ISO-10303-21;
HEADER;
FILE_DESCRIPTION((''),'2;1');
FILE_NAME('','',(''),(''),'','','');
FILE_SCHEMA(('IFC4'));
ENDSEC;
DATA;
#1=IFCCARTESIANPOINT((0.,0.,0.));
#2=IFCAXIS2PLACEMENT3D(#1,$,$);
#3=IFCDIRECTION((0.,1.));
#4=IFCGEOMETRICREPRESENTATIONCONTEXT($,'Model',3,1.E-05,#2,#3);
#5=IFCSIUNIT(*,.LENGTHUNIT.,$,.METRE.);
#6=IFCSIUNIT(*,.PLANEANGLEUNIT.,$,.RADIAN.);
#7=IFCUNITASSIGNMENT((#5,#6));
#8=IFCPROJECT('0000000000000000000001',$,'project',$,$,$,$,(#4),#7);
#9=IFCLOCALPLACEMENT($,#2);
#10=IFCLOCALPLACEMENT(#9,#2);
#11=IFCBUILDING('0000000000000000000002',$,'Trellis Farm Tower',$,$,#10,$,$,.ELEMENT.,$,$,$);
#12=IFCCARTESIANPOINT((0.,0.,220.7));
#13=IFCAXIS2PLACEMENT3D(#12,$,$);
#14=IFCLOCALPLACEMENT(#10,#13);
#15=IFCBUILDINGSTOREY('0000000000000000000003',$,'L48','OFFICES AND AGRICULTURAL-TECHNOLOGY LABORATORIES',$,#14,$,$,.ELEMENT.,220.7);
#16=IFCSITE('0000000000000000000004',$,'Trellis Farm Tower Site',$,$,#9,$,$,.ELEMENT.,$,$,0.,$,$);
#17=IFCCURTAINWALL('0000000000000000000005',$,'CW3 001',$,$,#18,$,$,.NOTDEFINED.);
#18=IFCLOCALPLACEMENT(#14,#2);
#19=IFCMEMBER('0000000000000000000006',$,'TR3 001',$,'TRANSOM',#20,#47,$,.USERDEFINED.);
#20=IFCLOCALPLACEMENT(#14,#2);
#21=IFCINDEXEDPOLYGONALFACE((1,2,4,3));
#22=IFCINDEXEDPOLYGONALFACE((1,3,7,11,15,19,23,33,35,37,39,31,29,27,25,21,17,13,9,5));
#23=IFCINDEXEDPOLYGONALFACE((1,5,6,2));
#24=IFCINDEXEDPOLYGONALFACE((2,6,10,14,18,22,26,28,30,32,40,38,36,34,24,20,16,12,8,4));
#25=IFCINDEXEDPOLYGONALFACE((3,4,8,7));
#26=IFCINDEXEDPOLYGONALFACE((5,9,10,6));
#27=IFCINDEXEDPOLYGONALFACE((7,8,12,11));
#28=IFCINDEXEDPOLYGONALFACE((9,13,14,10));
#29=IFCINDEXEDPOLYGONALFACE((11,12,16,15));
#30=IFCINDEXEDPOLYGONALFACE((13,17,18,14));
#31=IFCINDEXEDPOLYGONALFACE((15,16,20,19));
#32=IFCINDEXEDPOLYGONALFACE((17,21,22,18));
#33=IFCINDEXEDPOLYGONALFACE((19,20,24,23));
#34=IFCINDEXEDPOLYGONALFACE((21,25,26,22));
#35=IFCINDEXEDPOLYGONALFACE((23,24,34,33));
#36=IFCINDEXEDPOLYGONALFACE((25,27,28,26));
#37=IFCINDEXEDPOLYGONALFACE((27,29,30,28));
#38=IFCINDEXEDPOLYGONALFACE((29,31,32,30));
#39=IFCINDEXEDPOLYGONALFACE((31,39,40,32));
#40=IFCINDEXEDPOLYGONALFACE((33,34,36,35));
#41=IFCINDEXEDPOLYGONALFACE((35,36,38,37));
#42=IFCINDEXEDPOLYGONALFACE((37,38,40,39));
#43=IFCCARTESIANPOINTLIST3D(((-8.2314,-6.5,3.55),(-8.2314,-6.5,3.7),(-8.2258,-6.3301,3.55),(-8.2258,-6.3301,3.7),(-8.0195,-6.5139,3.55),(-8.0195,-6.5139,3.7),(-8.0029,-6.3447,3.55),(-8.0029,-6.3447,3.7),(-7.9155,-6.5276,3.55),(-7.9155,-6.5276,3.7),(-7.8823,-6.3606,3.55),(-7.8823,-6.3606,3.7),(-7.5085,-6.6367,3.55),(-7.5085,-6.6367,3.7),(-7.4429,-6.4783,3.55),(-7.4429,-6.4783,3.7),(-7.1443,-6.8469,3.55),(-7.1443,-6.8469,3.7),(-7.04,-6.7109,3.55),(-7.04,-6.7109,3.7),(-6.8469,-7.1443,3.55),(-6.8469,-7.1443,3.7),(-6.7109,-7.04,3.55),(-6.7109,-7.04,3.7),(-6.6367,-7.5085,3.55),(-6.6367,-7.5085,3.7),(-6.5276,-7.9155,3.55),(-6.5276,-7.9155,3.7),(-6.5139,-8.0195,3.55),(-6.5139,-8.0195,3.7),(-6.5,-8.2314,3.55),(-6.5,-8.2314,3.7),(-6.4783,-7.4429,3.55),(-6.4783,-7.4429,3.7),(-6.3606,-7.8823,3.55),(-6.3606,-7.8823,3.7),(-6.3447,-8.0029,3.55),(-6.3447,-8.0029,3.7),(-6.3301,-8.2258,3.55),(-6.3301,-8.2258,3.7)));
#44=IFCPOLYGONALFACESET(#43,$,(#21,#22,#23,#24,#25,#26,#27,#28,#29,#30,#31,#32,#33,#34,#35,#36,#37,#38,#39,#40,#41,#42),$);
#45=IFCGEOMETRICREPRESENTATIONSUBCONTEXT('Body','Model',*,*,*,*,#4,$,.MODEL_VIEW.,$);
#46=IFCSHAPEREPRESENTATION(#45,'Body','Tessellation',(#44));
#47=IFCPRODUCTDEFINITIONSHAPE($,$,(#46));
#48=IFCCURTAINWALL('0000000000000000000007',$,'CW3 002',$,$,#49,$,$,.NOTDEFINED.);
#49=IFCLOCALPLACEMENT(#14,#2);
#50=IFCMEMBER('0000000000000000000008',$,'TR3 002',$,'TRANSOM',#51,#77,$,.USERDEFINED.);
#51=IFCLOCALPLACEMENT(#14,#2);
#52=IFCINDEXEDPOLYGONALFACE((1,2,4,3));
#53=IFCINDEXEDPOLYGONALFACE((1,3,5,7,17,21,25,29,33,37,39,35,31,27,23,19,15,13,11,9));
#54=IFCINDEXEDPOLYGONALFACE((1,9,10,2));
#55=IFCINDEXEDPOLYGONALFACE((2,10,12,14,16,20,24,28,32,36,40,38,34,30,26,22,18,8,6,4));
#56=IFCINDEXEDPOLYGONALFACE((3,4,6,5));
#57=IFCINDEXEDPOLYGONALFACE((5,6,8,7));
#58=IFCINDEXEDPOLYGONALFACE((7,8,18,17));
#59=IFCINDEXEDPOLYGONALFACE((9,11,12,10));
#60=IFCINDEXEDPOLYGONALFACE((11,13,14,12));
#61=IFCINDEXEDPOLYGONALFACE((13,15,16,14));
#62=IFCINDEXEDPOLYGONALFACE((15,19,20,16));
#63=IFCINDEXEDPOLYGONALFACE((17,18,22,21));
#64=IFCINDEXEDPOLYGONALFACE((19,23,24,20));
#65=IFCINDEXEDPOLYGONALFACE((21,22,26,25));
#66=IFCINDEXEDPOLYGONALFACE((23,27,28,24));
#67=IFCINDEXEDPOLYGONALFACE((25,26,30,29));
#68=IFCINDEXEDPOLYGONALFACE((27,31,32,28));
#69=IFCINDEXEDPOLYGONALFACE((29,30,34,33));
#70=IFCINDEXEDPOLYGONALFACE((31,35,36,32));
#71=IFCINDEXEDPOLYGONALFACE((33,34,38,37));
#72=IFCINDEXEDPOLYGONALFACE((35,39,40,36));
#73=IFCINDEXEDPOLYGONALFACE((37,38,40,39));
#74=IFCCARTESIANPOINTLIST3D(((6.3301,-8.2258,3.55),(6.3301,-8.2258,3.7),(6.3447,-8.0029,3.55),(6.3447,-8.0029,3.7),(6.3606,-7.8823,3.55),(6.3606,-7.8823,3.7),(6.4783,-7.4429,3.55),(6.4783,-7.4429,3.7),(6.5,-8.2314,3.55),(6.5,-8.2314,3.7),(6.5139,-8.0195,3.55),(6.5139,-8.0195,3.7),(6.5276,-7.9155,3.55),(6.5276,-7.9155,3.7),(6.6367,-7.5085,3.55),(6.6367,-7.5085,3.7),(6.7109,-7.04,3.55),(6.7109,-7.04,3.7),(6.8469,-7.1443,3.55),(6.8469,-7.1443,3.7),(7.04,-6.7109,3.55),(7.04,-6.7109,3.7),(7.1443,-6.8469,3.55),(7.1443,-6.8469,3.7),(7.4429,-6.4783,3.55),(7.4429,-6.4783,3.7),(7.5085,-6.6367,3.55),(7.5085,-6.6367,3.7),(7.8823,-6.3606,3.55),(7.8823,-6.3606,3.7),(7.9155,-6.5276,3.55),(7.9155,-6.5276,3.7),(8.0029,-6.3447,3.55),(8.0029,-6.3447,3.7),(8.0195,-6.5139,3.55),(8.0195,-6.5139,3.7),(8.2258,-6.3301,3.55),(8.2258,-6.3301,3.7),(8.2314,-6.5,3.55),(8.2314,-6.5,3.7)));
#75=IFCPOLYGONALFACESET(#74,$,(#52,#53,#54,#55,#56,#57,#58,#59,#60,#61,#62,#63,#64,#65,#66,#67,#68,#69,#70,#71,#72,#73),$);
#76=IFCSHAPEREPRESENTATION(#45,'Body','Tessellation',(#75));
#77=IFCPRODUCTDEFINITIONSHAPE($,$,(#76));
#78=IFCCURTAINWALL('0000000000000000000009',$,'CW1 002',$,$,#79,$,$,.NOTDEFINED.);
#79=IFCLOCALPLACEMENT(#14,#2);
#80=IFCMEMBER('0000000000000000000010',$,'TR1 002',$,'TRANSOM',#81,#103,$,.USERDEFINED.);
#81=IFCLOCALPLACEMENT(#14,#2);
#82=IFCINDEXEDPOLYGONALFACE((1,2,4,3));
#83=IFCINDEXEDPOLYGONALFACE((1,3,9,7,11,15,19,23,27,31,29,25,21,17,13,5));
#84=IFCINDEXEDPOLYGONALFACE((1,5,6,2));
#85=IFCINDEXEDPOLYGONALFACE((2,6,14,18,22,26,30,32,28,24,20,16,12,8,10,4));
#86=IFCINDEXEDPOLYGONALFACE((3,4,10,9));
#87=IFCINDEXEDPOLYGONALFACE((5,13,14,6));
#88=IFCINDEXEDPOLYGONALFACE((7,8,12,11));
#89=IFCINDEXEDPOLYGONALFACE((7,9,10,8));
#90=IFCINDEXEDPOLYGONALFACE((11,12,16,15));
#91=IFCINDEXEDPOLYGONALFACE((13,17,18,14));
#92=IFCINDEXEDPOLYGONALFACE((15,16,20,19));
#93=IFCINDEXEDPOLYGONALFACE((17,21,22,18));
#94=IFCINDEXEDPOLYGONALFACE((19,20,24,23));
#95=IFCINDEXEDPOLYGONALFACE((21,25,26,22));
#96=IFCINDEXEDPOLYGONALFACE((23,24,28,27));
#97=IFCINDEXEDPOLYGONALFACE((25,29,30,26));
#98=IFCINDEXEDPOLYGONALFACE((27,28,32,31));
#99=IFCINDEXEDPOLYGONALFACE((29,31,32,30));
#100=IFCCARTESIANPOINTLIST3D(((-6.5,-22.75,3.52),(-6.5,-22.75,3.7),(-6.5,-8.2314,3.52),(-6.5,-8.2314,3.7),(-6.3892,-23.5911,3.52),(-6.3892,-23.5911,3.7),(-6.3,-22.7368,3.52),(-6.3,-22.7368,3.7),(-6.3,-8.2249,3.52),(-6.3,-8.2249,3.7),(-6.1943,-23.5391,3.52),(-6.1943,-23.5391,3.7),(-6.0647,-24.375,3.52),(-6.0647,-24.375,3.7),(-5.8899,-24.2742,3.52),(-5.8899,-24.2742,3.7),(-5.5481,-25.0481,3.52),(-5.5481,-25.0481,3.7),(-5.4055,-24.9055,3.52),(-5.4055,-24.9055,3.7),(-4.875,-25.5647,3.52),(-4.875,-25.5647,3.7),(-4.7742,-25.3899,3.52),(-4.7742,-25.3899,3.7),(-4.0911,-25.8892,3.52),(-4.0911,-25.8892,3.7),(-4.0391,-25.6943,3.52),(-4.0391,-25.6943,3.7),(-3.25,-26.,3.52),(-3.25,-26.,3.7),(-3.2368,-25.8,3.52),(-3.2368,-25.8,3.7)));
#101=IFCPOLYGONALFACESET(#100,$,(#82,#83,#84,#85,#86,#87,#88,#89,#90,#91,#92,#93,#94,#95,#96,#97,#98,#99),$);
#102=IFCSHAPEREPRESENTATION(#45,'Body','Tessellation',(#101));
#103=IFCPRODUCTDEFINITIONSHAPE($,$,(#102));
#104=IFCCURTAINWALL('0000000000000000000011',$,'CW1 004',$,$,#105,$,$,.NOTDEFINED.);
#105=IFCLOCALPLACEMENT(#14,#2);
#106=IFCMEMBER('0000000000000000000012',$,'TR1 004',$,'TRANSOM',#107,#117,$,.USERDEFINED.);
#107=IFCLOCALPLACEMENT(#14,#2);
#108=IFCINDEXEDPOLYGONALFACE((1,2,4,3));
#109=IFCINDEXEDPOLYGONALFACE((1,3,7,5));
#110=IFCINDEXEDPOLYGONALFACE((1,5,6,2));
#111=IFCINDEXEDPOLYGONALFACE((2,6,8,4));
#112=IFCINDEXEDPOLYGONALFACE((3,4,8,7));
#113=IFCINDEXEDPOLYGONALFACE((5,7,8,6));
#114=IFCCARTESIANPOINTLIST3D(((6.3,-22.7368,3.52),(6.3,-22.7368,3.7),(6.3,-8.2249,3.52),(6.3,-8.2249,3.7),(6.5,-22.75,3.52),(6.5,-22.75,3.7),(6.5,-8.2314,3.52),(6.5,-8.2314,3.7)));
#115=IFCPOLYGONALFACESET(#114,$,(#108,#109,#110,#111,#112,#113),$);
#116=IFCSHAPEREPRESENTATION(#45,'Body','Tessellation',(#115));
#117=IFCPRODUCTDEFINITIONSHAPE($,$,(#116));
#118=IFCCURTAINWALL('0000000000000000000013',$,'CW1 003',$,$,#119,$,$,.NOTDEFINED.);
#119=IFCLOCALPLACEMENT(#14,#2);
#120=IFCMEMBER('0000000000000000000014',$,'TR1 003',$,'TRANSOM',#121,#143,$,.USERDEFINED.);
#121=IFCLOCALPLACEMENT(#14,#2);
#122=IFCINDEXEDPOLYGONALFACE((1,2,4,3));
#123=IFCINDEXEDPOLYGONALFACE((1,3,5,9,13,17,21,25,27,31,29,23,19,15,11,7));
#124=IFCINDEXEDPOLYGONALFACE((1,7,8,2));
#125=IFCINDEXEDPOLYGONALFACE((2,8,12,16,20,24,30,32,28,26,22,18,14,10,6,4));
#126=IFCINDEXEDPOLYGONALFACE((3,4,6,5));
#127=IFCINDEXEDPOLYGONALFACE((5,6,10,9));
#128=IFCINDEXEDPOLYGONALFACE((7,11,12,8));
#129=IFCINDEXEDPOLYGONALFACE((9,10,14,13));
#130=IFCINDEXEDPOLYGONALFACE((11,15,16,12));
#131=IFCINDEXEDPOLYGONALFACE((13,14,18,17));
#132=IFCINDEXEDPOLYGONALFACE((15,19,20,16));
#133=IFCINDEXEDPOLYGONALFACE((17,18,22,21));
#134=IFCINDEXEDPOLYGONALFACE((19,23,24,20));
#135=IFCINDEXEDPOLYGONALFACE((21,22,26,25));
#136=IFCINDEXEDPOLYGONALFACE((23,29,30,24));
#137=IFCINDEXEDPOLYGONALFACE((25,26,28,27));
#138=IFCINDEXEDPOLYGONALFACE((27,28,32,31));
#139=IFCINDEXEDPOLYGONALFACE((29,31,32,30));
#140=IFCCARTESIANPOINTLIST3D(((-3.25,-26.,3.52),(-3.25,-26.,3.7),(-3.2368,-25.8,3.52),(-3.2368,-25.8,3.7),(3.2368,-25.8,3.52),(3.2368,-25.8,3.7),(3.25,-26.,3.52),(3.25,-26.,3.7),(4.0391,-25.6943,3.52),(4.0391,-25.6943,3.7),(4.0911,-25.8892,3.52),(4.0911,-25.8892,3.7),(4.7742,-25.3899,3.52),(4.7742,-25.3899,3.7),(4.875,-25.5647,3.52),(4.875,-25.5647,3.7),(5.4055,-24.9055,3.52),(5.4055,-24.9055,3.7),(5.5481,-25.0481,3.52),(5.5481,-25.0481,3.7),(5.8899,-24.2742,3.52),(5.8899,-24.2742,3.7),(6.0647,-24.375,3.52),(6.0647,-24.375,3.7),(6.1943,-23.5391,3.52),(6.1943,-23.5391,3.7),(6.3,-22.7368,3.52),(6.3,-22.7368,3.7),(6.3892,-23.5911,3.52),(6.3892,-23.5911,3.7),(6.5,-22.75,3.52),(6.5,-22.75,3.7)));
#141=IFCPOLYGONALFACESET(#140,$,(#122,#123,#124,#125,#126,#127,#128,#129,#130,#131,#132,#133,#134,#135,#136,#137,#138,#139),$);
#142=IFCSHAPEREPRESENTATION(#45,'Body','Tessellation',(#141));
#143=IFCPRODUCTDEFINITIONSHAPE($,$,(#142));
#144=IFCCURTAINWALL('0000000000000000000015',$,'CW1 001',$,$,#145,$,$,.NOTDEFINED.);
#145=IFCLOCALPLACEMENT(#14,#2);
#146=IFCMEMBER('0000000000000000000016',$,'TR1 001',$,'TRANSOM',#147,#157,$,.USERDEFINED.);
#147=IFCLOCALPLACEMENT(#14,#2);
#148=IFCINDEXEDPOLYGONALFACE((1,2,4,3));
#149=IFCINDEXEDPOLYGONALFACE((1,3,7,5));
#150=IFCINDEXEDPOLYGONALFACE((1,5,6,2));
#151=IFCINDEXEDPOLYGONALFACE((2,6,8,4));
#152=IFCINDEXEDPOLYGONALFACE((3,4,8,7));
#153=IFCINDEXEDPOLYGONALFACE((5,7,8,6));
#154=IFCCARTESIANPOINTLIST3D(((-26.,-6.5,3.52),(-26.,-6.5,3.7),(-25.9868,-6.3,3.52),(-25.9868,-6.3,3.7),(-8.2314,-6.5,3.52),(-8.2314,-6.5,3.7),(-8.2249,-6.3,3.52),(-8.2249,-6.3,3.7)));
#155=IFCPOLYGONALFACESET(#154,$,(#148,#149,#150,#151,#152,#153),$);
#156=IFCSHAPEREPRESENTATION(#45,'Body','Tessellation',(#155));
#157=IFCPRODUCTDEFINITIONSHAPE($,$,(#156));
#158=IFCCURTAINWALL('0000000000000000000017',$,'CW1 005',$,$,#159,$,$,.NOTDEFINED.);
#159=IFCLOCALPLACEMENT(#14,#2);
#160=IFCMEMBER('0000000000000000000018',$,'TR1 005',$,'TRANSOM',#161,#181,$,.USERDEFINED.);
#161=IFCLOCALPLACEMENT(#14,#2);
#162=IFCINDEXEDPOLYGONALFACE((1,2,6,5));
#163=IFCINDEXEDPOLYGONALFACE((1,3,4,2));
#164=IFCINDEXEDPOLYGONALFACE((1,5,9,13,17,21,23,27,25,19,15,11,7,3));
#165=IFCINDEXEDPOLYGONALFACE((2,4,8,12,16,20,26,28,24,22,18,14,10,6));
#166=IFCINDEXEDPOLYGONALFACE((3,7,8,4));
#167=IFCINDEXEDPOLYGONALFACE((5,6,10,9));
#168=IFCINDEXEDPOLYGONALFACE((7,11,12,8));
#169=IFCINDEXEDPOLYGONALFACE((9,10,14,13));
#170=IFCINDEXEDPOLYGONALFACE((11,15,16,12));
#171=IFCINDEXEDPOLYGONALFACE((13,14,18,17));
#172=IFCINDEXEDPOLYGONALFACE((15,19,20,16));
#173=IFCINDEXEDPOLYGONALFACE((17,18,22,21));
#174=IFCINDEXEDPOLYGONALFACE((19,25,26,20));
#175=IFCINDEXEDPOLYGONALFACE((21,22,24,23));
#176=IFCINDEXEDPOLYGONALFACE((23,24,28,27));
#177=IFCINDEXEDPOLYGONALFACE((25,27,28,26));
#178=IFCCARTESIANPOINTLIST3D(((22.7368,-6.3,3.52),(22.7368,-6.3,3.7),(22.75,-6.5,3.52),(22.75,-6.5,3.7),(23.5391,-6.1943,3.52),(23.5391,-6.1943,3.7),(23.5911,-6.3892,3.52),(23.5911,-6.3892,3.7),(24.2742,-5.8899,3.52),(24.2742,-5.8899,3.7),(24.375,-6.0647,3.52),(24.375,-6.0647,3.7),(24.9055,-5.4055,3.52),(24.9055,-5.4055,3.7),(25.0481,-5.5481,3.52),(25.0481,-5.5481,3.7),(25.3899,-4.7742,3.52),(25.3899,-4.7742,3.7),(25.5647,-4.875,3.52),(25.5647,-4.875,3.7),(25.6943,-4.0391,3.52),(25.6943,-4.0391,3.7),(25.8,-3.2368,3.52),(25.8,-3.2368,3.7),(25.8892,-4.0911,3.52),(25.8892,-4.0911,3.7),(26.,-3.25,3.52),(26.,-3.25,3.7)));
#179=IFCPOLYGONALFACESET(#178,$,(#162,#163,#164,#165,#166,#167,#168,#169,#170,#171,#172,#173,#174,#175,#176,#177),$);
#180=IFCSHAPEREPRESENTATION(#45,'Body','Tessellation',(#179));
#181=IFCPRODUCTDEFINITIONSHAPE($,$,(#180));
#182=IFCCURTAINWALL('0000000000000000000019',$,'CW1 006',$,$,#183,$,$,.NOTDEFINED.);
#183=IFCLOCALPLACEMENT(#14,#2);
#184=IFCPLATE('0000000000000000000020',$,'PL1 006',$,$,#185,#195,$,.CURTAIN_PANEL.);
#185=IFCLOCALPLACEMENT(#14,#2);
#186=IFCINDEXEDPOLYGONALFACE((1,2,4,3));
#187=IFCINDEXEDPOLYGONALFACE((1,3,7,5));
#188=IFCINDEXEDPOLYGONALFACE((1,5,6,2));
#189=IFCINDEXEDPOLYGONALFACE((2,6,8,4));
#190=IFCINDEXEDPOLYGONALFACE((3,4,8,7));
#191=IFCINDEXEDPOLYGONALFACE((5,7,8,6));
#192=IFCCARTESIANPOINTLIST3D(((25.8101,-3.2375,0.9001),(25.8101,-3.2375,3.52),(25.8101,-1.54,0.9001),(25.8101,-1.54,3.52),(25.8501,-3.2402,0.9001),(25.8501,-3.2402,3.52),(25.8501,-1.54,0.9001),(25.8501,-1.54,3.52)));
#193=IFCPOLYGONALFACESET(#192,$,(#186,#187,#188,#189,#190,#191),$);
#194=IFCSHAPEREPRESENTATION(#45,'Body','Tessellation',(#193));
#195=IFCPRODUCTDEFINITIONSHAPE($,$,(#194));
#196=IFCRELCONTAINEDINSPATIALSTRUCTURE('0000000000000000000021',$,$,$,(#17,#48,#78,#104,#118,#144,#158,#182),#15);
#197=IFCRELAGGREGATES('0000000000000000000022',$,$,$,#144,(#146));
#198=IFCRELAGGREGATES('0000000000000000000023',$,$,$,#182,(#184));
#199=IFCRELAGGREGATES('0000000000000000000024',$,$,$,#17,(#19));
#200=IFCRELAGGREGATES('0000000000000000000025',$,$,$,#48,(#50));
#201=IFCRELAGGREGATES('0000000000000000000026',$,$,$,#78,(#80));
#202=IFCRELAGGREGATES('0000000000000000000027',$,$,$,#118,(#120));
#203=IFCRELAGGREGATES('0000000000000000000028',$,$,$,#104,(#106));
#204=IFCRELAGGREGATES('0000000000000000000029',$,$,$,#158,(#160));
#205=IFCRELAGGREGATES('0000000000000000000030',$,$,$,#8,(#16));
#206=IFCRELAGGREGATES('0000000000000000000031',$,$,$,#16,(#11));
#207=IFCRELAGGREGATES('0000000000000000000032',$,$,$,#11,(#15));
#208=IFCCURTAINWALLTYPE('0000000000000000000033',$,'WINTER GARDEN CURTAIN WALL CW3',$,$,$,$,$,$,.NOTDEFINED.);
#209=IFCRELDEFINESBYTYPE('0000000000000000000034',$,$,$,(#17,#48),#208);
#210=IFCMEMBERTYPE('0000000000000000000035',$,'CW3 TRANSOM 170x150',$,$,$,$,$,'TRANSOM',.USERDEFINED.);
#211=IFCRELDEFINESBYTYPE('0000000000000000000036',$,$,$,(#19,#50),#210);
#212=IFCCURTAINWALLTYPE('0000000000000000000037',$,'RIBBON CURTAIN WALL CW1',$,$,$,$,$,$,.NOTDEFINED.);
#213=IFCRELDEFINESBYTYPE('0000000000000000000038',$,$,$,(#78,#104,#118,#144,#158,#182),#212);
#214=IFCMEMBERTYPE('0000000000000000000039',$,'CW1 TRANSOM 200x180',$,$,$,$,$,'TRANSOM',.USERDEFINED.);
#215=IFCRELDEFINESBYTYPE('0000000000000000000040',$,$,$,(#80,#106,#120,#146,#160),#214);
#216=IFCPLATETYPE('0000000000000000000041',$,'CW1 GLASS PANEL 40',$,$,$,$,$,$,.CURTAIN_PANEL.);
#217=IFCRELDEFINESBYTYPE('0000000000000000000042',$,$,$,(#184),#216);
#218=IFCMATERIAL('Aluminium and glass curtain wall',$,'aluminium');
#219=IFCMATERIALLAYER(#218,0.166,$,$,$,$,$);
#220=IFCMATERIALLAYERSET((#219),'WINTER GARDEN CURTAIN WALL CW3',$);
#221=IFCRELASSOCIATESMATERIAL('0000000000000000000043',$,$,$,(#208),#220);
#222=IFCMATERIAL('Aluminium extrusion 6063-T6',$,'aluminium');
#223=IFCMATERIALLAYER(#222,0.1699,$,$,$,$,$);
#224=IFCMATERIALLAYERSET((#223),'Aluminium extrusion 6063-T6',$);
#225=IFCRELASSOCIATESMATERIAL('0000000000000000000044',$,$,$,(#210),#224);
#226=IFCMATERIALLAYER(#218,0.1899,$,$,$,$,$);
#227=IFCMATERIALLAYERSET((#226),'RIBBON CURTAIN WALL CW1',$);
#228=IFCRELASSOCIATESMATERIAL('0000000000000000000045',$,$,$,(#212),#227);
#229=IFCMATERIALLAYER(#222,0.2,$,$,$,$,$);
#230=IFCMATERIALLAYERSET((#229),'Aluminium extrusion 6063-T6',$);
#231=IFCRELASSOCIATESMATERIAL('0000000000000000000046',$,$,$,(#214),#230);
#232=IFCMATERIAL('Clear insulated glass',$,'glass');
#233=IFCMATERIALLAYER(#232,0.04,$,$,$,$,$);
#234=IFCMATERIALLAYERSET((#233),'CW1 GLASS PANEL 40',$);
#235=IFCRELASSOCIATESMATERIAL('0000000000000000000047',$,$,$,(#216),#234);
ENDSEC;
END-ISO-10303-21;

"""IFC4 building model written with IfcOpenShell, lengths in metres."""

from ifc_helpers import new_model, si_unit, direction, frame, origin, place, context, subcontext, project, spatial, polyline, outline, extrude, source, transform, mapped, material, layer, layer_set, type_object, element, aggregate, save


model = new_model("IFC4")

# Units and contexts
model_context = context("Model", 3, precision=1e-05, world=origin(), true_north=direction((0.0, 1.0)))
body_context = subcontext(model_context, "Body", "Model", "MODEL_VIEW")
ifc_project = project(units=[si_unit("LENGTHUNIT", "METRE"), si_unit("PLANEANGLEUNIT", "RADIAN")], contexts=[model_context])

# Site, building, storey
site_placement = place(None, origin())
site = spatial("IfcSite", under=ifc_project, at=site_placement, Name="Trellis Farm Tower Site", CompositionType="ELEMENT", RefElevation=0.0)
building_placement = place(site_placement, origin())
building = spatial("IfcBuilding", under=site, at=building_placement, Name="Trellis Farm Tower", CompositionType="ELEMENT")
storey_placement = place(building_placement, frame((0.0, 0.0, 220.7)))
storey = spatial("IfcBuildingStorey", under=building, at=storey_placement, Name="L48", Description="OFFICES AND AGRICULTURAL-TECHNOLOGY LABORATORIES", CompositionType="ELEMENT", Elevation=220.7)

# Curtain walls, members
ifc_material_1 = material(Name="Aluminium and glass curtain wall", Category="aluminium")
ifc_layer_1 = layer(ifc_material_1, 0.166)
ifc_layer_set_1 = layer_set([ifc_layer_1], Name="WINTER GARDEN CURTAIN WALL CW3")
curtain_wall_type_1 = type_object("IfcCurtainWallType", Name="WINTER GARDEN CURTAIN WALL CW3", PredefinedType="NOTDEFINED", material=ifc_layer_set_1)
placement_1 = place(storey_placement, origin())
curtain_wall_1 = element("IfcCurtainWall", 1, at=placement_1, inside=storey, type_object=curtain_wall_type_1, Name="CW3 001", PredefinedType="NOTDEFINED")
ifc_material_2 = material(Name="Aluminium extrusion 6063-T6", Category="aluminium")
ifc_layer_2 = layer(ifc_material_2, 0.1699)
ifc_layer_set_2 = layer_set([ifc_layer_2], Name="Aluminium extrusion 6063-T6")
member_type_1 = type_object("IfcMemberType", Name="CW3 TRANSOM 170x150", ElementType="TRANSOM", PredefinedType="USERDEFINED", material=ifc_layer_set_2)
shared_shape_1 = source(origin(), body_context, "Body", "SweptSolid", [
    extrude(outline(polyline([(-8.2314, -6.5), (-8.0195, -6.5139), (-7.9155, -6.5276), (-7.5085, -6.6367), (-7.1443, -6.8469), (-6.8469, -7.1443), (-6.6367, -7.5085), (-6.5276, -7.9155), (-6.5139, -8.0195), (-6.5, -8.2314), (-6.3301, -8.2258), (-6.3447, -8.0029), (-6.3606, -7.8823), (-6.4783, -7.4429), (-6.7109, -7.04), (-7.04, -6.7109), (-7.4429, -6.4783), (-7.8823, -6.3606), (-8.0029, -6.3447), (-8.2258, -6.3301), (-8.2314, -6.5)])), origin(), (0.0, 0.0, 1.0), 0.1499),
])
placement_2 = place(storey_placement, frame((0.0, 0.0, 3.55)))
member_1 = element("IfcMember", 2, at=placement_2, type_object=member_type_1, Name="TR3 001", ObjectType="TRANSOM", PredefinedType="USERDEFINED", context=body_context, shape_type="MappedRepresentation", body=[
    mapped(shared_shape_1, transform((0.0, 0.0, 0.0))),
])
curtain_wall_2 = element("IfcCurtainWall", 3, at=placement_1, inside=storey, type_object=curtain_wall_type_1, Name="CW3 002", PredefinedType="NOTDEFINED")
shared_shape_2 = source(origin(), body_context, "Body", "SweptSolid", [
    extrude(outline(polyline([(6.5, -8.2314), (6.5139, -8.0195), (6.5276, -7.9155), (6.6367, -7.5085), (6.8469, -7.1443), (7.1443, -6.8469), (7.5085, -6.6367), (7.9155, -6.5276), (8.0195, -6.5139), (8.2314, -6.5), (8.2258, -6.3301), (8.0029, -6.3447), (7.8823, -6.3606), (7.4429, -6.4783), (7.04, -6.7109), (6.7109, -7.04), (6.4783, -7.4429), (6.3606, -7.8823), (6.3447, -8.0029), (6.3301, -8.2258), (6.5, -8.2314)])), origin(), (0.0, 0.0, 1.0), 0.1499),
])
member_2 = element("IfcMember", 4, at=placement_2, type_object=member_type_1, Name="TR3 002", ObjectType="TRANSOM", PredefinedType="USERDEFINED", context=body_context, shape_type="MappedRepresentation", body=[
    mapped(shared_shape_2, transform((0.0, 0.0, 0.0))),
])
ifc_layer_3 = layer(ifc_material_1, 0.1899)
ifc_layer_set_3 = layer_set([ifc_layer_3], Name="RIBBON CURTAIN WALL CW1")
curtain_wall_type_2 = type_object("IfcCurtainWallType", Name="RIBBON CURTAIN WALL CW1", PredefinedType="NOTDEFINED", material=ifc_layer_set_3)
curtain_wall_3 = element("IfcCurtainWall", 5, at=placement_1, inside=storey, type_object=curtain_wall_type_2, Name="CW1 002", PredefinedType="NOTDEFINED")
ifc_layer_4 = layer(ifc_material_2, 0.2)
ifc_layer_set_4 = layer_set([ifc_layer_4], Name="Aluminium extrusion 6063-T6")
member_type_2 = type_object("IfcMemberType", Name="CW1 TRANSOM 200x180", ElementType="TRANSOM", PredefinedType="USERDEFINED", material=ifc_layer_set_4)
shared_shape_3 = source(origin(), body_context, "Body", "SweptSolid", [
    extrude(outline(polyline([(-6.5, -8.2314), (-6.5, -22.75), (-6.3892, -23.5911), (-6.0647, -24.375), (-5.5481, -25.0481), (-4.875, -25.5647), (-4.0911, -25.8892), (-3.25, -26.0), (-3.2368, -25.8), (-4.0391, -25.6943), (-4.7742, -25.3899), (-5.4055, -24.9055), (-5.8899, -24.2742), (-6.1943, -23.5391), (-6.3, -22.7368), (-6.3, -8.2249), (-6.5, -8.2314)])), origin(), (0.0, 0.0, 1.0), 0.1799),
])
placement_3 = place(storey_placement, frame((0.0, 0.0, 3.52)))
member_3 = element("IfcMember", 6, at=placement_3, type_object=member_type_2, Name="TR1 002", ObjectType="TRANSOM", PredefinedType="USERDEFINED", context=body_context, shape_type="MappedRepresentation", body=[
    mapped(shared_shape_3, transform((0.0, 0.0, 0.0))),
])
curtain_wall_4 = element("IfcCurtainWall", 7, at=placement_1, inside=storey, type_object=curtain_wall_type_2, Name="CW1 004", PredefinedType="NOTDEFINED")
shared_shape_4 = source(origin(), body_context, "Body", "SweptSolid", [
    extrude(outline(polyline([(6.5, -22.75), (6.5, -8.2314), (6.3, -8.2249), (6.3, -22.7368), (6.5, -22.75)])), origin(), (0.0, 0.0, 1.0), 0.1799),
])
member_4 = element("IfcMember", 8, at=placement_3, type_object=member_type_2, Name="TR1 004", ObjectType="TRANSOM", PredefinedType="USERDEFINED", context=body_context, shape_type="MappedRepresentation", body=[
    mapped(shared_shape_4, transform((0.0, 0.0, 0.0))),
])
curtain_wall_5 = element("IfcCurtainWall", 9, at=placement_1, inside=storey, type_object=curtain_wall_type_2, Name="CW1 003", PredefinedType="NOTDEFINED")
shared_shape_5 = source(origin(), body_context, "Body", "SweptSolid", [
    extrude(outline(polyline([(-3.25, -26.0), (3.25, -26.0), (4.0911, -25.8892), (4.875, -25.5647), (5.5481, -25.0481), (6.0647, -24.375), (6.3892, -23.5911), (6.5, -22.75), (6.3, -22.7368), (6.1943, -23.5391), (5.8899, -24.2742), (5.4055, -24.9055), (4.7742, -25.3899), (4.0391, -25.6943), (3.2368, -25.8), (-3.2368, -25.8), (-3.25, -26.0)])), origin(), (0.0, 0.0, 1.0), 0.1799),
])
member_5 = element("IfcMember", 10, at=placement_3, type_object=member_type_2, Name="TR1 003", ObjectType="TRANSOM", PredefinedType="USERDEFINED", context=body_context, shape_type="MappedRepresentation", body=[
    mapped(shared_shape_5, transform((0.0, 0.0, 0.0))),
])
curtain_wall_6 = element("IfcCurtainWall", 11, at=placement_1, inside=storey, type_object=curtain_wall_type_2, Name="CW1 001", PredefinedType="NOTDEFINED")
shared_shape_6 = source(origin(), body_context, "Body", "SweptSolid", [
    extrude(outline(polyline([(-26.0, -6.5), (-8.2314, -6.5), (-8.2249, -6.3), (-25.9868, -6.3), (-26.0, -6.5)])), origin(), (0.0, 0.0, 1.0), 0.1799),
])
member_6 = element("IfcMember", 12, at=placement_3, type_object=member_type_2, Name="TR1 001", ObjectType="TRANSOM", PredefinedType="USERDEFINED", context=body_context, shape_type="MappedRepresentation", body=[
    mapped(shared_shape_6, transform((0.0, 0.0, 0.0))),
])
aggregate(curtain_wall_6, [member_6])
curtain_wall_7 = element("IfcCurtainWall", 13, at=placement_1, inside=storey, type_object=curtain_wall_type_2, Name="CW1 005", PredefinedType="NOTDEFINED")
shared_shape_7 = source(origin(), body_context, "Body", "SweptSolid", [
    extrude(outline(polyline([(22.75, -6.5), (23.5911, -6.3892), (24.375, -6.0647), (25.0481, -5.5481), (25.5647, -4.875), (25.8892, -4.0911), (26.0, -3.25), (25.8, -3.2368), (25.6943, -4.0391), (25.3899, -4.7742), (24.9055, -5.4055), (24.2742, -5.8899), (23.5391, -6.1943), (22.7368, -6.3), (22.75, -6.5)])), origin(), (0.0, 0.0, 1.0), 0.1799),
])
member_7 = element("IfcMember", 14, at=placement_3, type_object=member_type_2, Name="TR1 005", ObjectType="TRANSOM", PredefinedType="USERDEFINED", context=body_context, shape_type="MappedRepresentation", body=[
    mapped(shared_shape_7, transform((0.0, 0.0, 0.0))),
])

# Curtain wall, plate
curtain_wall_8 = element("IfcCurtainWall", 15, at=placement_1, inside=storey, type_object=curtain_wall_type_2, Name="CW1 006", PredefinedType="NOTDEFINED")
ifc_material_3 = material(Name="Clear insulated glass", Category="glass")
ifc_layer_5 = layer(ifc_material_3, 0.04)
ifc_layer_set_5 = layer_set([ifc_layer_5], Name="CW1 GLASS PANEL 40")
plate_type_1 = type_object("IfcPlateType", Name="CW1 GLASS PANEL 40", PredefinedType="CURTAIN_PANEL", material=ifc_layer_set_5)
placement_4 = place(storey_placement, frame((0.0, 0.0, 0.9001)))
plate_1 = element("IfcPlate", 16, at=placement_4, type_object=plate_type_1, Name="PL1 006", PredefinedType="CURTAIN_PANEL", context=body_context, shape_type="SweptSolid", body=[
    extrude(outline(polyline([(25.8501, -3.2402), (25.8501, -1.54), (25.8101, -1.54), (25.8101, -3.2375), (25.8501, -3.2402)])), origin(), (0.0, 0.0, 1.0), 2.6199),
])
aggregate(curtain_wall_8, [plate_1])

aggregate(curtain_wall_1, [member_1])
aggregate(curtain_wall_2, [member_2])
aggregate(curtain_wall_3, [member_3])
aggregate(curtain_wall_5, [member_5])
aggregate(curtain_wall_4, [member_4])
aggregate(curtain_wall_7, [member_7])

save(model, "model.ifc")
